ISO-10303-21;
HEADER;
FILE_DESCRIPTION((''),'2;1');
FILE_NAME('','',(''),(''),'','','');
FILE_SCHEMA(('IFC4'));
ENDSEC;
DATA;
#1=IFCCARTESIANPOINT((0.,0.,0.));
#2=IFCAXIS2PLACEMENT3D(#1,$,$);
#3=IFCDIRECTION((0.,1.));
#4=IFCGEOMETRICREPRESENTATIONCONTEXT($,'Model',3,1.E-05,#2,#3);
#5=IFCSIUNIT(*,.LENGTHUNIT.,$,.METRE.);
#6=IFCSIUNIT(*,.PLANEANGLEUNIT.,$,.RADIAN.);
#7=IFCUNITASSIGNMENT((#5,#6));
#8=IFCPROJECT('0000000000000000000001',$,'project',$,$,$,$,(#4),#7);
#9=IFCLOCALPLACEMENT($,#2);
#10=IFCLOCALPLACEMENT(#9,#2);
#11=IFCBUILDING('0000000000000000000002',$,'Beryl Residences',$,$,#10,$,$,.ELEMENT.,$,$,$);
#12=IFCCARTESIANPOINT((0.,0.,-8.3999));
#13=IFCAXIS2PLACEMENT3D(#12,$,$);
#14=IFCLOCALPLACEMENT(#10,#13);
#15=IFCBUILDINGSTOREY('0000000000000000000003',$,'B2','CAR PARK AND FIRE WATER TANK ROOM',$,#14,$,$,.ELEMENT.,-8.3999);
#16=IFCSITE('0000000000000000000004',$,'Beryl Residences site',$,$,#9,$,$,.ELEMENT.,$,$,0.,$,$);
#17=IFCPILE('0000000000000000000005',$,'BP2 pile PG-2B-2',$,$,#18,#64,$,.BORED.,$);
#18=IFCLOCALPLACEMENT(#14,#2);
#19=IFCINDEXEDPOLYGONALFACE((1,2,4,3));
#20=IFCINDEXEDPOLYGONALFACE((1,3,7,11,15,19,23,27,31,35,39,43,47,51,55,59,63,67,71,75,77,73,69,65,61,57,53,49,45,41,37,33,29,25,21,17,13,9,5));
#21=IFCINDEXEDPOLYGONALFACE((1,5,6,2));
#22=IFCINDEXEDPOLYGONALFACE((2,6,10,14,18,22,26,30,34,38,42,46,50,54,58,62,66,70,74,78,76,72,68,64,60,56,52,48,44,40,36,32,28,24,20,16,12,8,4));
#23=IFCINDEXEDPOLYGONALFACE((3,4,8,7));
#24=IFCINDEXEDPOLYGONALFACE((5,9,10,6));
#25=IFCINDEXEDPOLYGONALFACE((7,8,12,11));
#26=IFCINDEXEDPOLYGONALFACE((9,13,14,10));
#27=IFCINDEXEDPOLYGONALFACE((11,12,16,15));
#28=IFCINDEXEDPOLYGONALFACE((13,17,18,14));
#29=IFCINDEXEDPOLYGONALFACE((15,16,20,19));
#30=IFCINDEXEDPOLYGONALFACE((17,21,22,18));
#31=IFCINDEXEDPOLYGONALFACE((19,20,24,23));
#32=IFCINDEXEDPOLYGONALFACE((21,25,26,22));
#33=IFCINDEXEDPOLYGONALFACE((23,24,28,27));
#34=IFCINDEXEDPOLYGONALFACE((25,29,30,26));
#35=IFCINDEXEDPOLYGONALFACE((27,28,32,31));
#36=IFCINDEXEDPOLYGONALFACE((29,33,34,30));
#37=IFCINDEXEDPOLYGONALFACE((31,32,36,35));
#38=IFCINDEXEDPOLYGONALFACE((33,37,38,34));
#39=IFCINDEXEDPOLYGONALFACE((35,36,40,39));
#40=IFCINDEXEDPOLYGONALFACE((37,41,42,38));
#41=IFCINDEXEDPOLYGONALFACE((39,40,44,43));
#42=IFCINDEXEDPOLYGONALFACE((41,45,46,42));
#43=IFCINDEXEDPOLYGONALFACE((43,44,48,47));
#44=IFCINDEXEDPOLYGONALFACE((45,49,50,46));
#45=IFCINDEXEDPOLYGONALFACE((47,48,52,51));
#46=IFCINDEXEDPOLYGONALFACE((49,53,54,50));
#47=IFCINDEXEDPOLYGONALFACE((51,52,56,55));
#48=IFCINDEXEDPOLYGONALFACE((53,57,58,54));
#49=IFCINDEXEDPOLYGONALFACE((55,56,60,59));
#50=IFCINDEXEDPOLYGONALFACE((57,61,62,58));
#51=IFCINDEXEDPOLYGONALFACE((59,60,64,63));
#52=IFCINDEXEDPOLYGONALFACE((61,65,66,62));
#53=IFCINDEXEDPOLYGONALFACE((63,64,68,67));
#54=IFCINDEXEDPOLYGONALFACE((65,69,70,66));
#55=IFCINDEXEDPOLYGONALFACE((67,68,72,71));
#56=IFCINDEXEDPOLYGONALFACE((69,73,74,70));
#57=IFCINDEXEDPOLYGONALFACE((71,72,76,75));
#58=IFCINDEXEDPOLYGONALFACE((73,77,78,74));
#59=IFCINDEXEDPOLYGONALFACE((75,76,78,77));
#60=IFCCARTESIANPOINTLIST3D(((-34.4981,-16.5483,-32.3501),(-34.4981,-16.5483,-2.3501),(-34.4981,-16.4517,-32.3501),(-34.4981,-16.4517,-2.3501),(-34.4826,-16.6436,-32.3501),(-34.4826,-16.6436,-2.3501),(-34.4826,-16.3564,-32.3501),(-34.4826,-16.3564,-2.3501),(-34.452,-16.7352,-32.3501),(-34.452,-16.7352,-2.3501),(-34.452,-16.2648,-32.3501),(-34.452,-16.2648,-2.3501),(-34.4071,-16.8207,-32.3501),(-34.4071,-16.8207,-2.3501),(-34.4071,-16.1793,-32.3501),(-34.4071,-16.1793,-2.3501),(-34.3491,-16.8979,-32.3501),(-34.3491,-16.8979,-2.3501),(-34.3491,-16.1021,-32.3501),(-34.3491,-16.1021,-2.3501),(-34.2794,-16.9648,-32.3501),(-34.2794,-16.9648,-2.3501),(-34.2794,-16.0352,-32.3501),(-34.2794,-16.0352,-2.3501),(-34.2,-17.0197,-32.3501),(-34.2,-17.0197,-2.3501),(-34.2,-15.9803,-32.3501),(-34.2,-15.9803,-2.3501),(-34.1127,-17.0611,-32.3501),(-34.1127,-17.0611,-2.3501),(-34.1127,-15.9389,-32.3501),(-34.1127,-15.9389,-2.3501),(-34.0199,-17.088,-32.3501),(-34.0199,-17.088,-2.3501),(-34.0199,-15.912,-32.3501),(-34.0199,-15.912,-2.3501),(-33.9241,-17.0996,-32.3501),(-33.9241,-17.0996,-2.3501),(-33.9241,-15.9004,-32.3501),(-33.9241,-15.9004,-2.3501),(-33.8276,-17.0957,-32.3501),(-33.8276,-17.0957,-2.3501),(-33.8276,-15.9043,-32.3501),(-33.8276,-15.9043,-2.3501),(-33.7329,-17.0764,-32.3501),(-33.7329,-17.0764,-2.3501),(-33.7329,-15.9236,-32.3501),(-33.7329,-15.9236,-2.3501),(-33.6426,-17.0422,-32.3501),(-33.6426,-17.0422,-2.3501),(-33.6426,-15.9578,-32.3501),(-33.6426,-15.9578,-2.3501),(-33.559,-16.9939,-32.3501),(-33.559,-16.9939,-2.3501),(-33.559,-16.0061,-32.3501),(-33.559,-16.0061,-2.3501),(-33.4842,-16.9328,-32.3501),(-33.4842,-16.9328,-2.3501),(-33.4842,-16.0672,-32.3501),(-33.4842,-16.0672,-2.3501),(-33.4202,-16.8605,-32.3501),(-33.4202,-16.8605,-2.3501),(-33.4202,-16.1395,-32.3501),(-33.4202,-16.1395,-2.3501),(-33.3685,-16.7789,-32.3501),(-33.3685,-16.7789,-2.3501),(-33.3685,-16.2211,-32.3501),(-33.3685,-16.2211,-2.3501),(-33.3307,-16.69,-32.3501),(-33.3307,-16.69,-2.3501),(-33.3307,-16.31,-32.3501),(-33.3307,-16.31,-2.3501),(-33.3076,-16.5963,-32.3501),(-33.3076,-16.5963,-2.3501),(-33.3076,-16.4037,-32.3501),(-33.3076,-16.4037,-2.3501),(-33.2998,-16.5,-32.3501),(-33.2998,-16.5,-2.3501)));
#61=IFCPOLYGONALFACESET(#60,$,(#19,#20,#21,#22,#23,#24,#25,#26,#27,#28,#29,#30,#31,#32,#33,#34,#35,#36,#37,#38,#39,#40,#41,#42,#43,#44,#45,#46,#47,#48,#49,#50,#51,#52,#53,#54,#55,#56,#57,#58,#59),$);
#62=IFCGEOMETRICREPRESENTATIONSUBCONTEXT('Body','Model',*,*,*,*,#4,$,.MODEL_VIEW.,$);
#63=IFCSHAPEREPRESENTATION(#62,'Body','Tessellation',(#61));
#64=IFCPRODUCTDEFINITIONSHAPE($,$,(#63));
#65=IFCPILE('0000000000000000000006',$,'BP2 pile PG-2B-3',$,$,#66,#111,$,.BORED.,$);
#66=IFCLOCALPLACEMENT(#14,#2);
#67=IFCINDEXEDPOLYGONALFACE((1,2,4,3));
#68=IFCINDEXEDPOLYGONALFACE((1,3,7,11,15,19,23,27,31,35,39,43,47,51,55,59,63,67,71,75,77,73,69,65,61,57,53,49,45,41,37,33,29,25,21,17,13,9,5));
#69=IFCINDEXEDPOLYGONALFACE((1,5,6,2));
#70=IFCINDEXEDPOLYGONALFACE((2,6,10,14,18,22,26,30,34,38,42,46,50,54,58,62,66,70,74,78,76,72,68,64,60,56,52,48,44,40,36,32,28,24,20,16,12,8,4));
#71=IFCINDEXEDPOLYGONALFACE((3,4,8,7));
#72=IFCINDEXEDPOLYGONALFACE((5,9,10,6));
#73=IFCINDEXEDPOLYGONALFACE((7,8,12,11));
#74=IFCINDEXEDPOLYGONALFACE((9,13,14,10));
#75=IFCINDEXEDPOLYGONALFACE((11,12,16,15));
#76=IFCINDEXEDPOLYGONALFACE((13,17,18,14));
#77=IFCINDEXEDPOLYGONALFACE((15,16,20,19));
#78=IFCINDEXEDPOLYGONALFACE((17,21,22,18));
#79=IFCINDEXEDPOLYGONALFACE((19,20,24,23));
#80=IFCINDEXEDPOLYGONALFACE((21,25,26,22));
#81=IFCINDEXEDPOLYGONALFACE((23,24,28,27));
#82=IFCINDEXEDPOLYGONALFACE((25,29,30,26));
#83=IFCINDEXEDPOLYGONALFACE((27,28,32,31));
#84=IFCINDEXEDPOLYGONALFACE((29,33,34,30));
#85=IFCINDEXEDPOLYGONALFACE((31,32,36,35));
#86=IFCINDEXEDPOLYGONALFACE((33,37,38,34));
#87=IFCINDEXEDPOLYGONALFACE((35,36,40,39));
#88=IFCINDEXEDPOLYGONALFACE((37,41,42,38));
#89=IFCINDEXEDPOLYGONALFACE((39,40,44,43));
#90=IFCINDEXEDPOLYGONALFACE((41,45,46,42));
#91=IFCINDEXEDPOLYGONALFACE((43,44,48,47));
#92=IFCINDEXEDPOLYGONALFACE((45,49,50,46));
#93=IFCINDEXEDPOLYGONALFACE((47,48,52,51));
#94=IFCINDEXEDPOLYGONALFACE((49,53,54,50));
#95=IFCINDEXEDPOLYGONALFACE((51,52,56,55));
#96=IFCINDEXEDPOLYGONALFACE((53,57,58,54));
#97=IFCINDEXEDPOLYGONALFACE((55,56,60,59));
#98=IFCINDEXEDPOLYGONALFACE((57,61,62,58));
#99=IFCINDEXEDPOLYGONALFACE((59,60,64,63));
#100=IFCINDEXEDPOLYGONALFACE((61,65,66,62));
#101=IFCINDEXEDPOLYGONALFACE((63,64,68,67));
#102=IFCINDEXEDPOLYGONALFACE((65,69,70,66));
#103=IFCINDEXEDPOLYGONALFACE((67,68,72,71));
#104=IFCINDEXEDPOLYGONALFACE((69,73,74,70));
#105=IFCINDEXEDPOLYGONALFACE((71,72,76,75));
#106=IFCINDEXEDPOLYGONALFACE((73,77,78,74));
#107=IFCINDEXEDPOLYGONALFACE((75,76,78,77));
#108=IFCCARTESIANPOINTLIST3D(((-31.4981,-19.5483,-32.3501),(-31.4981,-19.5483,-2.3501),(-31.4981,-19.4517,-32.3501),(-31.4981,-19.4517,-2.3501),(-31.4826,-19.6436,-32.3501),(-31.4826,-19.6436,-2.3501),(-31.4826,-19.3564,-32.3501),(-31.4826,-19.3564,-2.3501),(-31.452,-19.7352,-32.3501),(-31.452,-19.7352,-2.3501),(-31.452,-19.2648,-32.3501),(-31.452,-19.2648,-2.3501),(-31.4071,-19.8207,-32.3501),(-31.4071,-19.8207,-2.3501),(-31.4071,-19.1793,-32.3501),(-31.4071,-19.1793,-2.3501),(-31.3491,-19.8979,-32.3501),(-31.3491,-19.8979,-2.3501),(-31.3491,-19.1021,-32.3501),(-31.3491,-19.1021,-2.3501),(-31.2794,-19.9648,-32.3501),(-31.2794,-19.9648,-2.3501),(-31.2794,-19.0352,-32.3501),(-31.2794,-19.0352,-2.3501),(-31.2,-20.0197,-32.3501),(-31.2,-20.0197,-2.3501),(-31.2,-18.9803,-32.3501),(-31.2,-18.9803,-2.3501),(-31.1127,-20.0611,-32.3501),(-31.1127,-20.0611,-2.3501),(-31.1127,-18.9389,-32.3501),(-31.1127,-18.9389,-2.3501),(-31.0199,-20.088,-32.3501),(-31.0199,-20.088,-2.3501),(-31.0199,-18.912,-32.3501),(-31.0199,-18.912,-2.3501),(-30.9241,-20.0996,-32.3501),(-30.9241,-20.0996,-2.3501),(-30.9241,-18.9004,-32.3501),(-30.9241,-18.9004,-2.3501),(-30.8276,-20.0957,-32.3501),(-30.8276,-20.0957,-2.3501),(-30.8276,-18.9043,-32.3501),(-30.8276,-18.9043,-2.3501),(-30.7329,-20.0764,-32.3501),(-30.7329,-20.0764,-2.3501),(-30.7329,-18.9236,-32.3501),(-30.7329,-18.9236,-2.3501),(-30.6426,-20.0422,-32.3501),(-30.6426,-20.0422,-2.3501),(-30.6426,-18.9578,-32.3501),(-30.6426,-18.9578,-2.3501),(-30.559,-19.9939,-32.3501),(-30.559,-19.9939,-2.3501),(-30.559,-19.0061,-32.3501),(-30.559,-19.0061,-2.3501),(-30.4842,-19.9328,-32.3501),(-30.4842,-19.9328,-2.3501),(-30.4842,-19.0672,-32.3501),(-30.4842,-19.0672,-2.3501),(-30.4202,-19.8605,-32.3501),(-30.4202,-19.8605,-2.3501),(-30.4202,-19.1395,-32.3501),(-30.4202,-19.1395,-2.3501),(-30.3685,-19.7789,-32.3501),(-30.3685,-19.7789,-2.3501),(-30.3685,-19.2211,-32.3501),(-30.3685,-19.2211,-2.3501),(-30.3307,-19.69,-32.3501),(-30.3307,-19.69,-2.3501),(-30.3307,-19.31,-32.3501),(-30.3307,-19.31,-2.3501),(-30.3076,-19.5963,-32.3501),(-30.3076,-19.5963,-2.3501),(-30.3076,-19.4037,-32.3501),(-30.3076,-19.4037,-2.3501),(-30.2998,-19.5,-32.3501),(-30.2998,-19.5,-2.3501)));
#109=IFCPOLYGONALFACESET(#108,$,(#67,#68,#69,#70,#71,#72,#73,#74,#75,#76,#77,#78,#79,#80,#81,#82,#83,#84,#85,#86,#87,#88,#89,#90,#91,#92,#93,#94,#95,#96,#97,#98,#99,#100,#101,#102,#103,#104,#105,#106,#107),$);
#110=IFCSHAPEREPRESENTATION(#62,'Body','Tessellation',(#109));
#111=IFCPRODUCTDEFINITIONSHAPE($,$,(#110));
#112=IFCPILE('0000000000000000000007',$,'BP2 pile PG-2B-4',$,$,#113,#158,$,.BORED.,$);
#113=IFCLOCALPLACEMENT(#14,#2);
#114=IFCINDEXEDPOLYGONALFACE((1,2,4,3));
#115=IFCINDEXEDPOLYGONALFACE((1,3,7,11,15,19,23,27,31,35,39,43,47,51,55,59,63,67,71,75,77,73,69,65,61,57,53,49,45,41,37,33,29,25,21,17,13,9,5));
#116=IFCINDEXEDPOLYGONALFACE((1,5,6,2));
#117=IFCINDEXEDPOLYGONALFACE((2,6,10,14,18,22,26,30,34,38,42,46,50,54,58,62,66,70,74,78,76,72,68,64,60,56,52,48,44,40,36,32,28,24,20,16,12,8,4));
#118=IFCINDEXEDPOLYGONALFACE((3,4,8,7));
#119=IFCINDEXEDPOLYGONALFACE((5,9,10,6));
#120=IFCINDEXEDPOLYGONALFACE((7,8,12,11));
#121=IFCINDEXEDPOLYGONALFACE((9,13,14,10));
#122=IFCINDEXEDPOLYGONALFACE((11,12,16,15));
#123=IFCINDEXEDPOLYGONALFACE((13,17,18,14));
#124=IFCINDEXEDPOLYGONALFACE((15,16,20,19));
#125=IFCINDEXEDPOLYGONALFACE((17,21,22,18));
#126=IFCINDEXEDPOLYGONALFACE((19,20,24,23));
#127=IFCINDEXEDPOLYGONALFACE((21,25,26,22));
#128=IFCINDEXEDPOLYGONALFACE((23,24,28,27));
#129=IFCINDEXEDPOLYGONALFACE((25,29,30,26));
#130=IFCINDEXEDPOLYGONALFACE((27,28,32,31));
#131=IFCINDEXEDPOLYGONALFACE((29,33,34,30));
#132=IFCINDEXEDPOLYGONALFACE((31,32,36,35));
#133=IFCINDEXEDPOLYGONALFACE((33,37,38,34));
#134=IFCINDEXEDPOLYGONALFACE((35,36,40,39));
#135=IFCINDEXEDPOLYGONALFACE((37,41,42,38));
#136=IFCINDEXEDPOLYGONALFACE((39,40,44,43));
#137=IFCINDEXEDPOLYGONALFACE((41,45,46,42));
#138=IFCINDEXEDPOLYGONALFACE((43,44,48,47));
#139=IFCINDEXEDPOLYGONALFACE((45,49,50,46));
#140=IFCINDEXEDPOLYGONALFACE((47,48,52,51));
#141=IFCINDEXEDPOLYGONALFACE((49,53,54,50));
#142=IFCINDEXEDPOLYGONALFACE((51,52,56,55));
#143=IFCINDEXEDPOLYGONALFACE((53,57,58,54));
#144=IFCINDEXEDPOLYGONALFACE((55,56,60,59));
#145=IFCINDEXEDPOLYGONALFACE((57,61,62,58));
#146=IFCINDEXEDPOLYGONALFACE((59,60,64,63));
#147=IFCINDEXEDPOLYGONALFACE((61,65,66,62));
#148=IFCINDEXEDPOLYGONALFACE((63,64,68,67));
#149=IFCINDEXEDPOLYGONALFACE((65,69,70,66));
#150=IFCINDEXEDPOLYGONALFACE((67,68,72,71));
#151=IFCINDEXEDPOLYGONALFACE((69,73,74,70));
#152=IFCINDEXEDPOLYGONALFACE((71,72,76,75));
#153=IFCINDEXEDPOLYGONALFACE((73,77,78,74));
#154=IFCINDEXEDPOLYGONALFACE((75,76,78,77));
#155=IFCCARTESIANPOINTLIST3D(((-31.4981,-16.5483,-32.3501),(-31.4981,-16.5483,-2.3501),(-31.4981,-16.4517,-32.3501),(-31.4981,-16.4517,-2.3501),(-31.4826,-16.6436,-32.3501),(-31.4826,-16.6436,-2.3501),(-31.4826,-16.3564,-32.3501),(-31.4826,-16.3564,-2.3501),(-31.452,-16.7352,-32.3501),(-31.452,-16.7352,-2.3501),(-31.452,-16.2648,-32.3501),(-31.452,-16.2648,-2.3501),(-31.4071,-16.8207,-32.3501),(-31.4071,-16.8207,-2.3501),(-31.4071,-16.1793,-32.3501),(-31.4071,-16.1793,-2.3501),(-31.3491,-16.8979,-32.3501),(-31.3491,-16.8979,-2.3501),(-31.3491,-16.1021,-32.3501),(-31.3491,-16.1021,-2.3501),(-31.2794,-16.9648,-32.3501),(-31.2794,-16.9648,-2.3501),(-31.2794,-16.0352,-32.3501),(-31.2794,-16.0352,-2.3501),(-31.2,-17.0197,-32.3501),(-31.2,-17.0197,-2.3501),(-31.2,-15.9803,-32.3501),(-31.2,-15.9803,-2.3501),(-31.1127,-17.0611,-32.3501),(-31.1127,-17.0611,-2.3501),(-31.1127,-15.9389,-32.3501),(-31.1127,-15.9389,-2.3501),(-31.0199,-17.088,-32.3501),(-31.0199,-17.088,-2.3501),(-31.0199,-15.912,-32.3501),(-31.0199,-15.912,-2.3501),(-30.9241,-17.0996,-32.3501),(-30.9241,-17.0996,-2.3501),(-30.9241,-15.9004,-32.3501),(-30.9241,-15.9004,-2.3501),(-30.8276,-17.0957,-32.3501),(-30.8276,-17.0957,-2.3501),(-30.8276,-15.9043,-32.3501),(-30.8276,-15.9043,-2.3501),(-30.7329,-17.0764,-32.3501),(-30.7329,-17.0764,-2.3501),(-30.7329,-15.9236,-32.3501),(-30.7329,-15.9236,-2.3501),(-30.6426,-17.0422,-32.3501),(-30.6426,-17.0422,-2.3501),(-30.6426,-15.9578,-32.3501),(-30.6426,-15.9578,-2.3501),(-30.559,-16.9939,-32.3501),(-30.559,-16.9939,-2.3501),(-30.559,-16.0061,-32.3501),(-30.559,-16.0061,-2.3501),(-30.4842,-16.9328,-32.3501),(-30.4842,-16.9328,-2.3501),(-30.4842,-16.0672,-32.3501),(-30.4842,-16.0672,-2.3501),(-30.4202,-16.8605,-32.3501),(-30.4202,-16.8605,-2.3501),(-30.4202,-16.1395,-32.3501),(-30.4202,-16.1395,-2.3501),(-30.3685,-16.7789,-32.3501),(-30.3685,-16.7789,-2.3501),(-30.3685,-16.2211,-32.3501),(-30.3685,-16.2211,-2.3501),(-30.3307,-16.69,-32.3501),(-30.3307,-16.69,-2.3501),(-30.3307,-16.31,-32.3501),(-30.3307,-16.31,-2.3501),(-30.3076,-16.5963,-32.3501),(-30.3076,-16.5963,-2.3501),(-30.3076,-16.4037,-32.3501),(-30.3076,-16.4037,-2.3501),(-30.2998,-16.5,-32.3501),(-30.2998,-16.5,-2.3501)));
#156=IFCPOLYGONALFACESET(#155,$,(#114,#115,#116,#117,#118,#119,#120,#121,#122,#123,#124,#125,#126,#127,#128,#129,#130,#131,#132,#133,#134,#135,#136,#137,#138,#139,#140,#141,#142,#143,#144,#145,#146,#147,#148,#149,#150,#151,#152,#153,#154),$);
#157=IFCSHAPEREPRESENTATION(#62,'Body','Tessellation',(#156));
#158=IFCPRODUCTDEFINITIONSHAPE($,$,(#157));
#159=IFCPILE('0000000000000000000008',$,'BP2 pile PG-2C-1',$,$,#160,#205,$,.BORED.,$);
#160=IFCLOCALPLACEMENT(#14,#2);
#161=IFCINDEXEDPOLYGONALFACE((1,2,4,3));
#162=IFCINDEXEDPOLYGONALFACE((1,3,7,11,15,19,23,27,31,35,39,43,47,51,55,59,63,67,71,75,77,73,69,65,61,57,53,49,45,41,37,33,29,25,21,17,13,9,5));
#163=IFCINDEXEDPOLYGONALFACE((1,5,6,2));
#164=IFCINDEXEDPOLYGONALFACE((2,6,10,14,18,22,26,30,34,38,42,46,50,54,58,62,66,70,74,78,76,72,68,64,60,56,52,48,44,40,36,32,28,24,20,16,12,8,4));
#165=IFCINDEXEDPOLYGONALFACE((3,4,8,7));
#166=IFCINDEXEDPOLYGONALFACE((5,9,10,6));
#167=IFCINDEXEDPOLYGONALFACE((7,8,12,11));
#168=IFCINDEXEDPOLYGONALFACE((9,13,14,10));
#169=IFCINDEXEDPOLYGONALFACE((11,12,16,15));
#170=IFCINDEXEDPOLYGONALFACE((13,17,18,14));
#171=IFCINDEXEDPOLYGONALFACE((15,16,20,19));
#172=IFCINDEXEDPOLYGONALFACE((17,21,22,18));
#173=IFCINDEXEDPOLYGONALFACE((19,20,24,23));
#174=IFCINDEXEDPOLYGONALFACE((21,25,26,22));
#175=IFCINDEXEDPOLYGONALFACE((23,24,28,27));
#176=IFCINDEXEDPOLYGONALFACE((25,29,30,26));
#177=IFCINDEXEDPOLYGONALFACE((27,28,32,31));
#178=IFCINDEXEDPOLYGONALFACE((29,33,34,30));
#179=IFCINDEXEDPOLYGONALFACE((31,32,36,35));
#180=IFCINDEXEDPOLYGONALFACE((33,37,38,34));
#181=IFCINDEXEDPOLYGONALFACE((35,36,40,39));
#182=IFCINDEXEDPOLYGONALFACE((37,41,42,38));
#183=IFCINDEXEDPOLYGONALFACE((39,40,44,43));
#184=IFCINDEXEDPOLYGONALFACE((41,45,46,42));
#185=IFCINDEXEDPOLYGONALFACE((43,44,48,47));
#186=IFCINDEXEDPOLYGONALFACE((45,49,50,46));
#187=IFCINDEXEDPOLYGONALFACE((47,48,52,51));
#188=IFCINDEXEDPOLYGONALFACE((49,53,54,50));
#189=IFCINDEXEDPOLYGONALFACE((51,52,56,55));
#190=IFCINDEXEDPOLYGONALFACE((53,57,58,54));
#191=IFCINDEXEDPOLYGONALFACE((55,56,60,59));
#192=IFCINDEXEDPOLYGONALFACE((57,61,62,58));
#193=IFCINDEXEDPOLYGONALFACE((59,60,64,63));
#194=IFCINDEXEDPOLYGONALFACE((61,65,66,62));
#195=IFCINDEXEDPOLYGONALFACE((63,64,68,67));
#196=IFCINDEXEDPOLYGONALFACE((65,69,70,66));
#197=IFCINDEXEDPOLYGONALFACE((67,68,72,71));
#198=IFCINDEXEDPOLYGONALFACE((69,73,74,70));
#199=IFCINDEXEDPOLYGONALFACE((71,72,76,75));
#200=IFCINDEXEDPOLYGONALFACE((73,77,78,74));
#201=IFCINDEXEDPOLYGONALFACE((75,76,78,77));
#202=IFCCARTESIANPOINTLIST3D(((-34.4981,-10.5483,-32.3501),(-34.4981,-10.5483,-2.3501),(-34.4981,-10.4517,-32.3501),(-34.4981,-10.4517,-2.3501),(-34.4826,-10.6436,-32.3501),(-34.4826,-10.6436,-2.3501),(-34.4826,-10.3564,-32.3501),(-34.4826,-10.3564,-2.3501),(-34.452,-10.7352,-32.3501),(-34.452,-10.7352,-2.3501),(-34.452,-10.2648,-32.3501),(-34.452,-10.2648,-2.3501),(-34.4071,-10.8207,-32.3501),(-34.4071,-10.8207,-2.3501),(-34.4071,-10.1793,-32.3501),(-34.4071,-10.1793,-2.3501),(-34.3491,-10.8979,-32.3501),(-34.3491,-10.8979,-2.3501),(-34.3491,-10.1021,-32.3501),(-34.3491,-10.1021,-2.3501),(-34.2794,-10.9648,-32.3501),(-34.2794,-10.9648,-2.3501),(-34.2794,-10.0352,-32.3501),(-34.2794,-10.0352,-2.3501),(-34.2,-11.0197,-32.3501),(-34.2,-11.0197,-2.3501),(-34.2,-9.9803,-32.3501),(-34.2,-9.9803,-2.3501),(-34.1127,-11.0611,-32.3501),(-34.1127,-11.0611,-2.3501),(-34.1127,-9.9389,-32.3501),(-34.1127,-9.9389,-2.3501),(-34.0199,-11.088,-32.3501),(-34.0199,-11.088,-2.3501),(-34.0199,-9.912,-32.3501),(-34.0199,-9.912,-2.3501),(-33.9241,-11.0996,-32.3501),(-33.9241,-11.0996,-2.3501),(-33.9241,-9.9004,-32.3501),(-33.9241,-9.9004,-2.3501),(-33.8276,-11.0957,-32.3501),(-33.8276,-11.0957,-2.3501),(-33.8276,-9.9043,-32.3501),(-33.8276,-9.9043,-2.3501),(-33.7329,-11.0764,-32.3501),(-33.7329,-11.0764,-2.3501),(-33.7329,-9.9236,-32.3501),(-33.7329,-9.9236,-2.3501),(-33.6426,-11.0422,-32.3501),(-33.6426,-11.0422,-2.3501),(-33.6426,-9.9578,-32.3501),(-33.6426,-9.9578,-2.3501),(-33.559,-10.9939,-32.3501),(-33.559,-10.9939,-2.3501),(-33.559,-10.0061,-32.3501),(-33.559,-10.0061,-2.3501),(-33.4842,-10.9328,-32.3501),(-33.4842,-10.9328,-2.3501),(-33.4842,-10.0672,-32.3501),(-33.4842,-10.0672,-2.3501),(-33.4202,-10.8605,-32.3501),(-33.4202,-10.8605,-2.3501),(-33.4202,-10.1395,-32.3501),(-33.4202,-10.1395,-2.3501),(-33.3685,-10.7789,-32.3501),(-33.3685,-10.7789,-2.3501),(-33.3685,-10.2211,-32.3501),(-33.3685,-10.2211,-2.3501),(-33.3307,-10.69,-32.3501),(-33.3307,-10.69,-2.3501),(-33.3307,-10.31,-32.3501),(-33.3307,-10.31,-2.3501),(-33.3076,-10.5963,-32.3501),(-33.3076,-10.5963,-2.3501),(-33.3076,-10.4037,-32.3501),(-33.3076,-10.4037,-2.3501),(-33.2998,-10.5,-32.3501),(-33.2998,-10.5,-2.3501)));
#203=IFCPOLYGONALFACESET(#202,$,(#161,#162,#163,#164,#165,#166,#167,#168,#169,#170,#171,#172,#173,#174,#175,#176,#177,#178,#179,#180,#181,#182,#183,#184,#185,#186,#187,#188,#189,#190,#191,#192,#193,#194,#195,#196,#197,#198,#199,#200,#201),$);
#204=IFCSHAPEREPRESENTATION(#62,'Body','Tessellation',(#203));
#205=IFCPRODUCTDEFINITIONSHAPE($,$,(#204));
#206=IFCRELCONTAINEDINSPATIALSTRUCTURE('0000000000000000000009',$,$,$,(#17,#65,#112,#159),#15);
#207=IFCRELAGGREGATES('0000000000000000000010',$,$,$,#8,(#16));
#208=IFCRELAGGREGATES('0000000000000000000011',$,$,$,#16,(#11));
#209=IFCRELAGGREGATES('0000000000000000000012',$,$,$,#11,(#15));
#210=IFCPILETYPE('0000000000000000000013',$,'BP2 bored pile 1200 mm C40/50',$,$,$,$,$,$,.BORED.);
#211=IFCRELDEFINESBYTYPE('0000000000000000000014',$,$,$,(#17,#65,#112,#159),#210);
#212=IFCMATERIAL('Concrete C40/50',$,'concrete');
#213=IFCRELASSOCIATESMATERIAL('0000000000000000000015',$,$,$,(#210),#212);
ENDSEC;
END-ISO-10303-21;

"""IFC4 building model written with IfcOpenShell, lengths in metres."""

from ifc_helpers import new_model, si_unit, direction, frame, origin, origin_2d, place, context, subcontext, project, spatial, circle, extrude, material, material_profile, profile_set, type_object, element, save


model = new_model("IFC4")

# Units and contexts
model_context = context("Model", 3, precision=1e-05, world=origin(), true_north=direction((0.0, 1.0)))
body_context = subcontext(model_context, "Body", "Model", "MODEL_VIEW")
ifc_project = project(units=[si_unit("LENGTHUNIT", "METRE"), si_unit("PLANEANGLEUNIT", "RADIAN")], contexts=[model_context])

# Site, building, storey
site_placement = place(None, origin())
site = spatial("IfcSite", under=ifc_project, at=site_placement, Name="Beryl Residences site", CompositionType="ELEMENT", RefElevation=0.0)
building_placement = place(site_placement, origin())
building = spatial("IfcBuilding", under=site, at=building_placement, Name="Beryl Residences", CompositionType="ELEMENT")
storey_placement = place(building_placement, frame((0.0, 0.0, -8.3999)))
storey = spatial("IfcBuildingStorey", under=building, at=storey_placement, Name="B2", Description="CAR PARK AND FIRE WATER TANK ROOM", CompositionType="ELEMENT", Elevation=-8.3999)

# Piles
ifc_material_1 = material(Name="Concrete C40/50", Category="concrete")
ifc_material_profile_1 = material_profile(ifc_material_1, circle(Radius=0.6001, at=origin_2d()))
ifc_profile_set_1 = profile_set([ifc_material_profile_1], Name="Concrete C40/50")
pile_type_1 = type_object("IfcPileType", Name="BP2 bored pile 1200 mm C40/50", PredefinedType="BORED", material=ifc_profile_set_1)
for number, where, z_axis, x_axis, name in (
    (1, (-33.8999, -16.5, -2.3501), (0.0, 0.0, -1.0), (1.0, 0.0, 0.0), "BP2 pile PG-2B-2"),
    (2, (-30.8999, -19.5, -2.3501), (0.0, 0.0, -1.0), (1.0, 0.0, 0.0), "BP2 pile PG-2B-3"),
    (3, (-30.8999, -16.5, -2.3501), (0.0, 0.0, -1.0), (1.0, 0.0, 0.0), "BP2 pile PG-2B-4"),
    (4, (-33.8999, -10.5, -2.3501), (0.0, 0.0, -1.0), (1.0, 0.0, 0.0), "BP2 pile PG-2C-1"),
):
    element("IfcPile", number, at=place(storey_placement, frame(where, z_axis=z_axis, x_axis=x_axis)), inside=storey, type_object=pile_type_1, Name=name, PredefinedType="BORED", context=body_context, shape_type="SweptSolid", body=[
        extrude(circle(Radius=0.6001, at=origin_2d()), origin(), (0.0, 0.0, 1.0), 30.0),
    ])

save(model, "model.ifc")
